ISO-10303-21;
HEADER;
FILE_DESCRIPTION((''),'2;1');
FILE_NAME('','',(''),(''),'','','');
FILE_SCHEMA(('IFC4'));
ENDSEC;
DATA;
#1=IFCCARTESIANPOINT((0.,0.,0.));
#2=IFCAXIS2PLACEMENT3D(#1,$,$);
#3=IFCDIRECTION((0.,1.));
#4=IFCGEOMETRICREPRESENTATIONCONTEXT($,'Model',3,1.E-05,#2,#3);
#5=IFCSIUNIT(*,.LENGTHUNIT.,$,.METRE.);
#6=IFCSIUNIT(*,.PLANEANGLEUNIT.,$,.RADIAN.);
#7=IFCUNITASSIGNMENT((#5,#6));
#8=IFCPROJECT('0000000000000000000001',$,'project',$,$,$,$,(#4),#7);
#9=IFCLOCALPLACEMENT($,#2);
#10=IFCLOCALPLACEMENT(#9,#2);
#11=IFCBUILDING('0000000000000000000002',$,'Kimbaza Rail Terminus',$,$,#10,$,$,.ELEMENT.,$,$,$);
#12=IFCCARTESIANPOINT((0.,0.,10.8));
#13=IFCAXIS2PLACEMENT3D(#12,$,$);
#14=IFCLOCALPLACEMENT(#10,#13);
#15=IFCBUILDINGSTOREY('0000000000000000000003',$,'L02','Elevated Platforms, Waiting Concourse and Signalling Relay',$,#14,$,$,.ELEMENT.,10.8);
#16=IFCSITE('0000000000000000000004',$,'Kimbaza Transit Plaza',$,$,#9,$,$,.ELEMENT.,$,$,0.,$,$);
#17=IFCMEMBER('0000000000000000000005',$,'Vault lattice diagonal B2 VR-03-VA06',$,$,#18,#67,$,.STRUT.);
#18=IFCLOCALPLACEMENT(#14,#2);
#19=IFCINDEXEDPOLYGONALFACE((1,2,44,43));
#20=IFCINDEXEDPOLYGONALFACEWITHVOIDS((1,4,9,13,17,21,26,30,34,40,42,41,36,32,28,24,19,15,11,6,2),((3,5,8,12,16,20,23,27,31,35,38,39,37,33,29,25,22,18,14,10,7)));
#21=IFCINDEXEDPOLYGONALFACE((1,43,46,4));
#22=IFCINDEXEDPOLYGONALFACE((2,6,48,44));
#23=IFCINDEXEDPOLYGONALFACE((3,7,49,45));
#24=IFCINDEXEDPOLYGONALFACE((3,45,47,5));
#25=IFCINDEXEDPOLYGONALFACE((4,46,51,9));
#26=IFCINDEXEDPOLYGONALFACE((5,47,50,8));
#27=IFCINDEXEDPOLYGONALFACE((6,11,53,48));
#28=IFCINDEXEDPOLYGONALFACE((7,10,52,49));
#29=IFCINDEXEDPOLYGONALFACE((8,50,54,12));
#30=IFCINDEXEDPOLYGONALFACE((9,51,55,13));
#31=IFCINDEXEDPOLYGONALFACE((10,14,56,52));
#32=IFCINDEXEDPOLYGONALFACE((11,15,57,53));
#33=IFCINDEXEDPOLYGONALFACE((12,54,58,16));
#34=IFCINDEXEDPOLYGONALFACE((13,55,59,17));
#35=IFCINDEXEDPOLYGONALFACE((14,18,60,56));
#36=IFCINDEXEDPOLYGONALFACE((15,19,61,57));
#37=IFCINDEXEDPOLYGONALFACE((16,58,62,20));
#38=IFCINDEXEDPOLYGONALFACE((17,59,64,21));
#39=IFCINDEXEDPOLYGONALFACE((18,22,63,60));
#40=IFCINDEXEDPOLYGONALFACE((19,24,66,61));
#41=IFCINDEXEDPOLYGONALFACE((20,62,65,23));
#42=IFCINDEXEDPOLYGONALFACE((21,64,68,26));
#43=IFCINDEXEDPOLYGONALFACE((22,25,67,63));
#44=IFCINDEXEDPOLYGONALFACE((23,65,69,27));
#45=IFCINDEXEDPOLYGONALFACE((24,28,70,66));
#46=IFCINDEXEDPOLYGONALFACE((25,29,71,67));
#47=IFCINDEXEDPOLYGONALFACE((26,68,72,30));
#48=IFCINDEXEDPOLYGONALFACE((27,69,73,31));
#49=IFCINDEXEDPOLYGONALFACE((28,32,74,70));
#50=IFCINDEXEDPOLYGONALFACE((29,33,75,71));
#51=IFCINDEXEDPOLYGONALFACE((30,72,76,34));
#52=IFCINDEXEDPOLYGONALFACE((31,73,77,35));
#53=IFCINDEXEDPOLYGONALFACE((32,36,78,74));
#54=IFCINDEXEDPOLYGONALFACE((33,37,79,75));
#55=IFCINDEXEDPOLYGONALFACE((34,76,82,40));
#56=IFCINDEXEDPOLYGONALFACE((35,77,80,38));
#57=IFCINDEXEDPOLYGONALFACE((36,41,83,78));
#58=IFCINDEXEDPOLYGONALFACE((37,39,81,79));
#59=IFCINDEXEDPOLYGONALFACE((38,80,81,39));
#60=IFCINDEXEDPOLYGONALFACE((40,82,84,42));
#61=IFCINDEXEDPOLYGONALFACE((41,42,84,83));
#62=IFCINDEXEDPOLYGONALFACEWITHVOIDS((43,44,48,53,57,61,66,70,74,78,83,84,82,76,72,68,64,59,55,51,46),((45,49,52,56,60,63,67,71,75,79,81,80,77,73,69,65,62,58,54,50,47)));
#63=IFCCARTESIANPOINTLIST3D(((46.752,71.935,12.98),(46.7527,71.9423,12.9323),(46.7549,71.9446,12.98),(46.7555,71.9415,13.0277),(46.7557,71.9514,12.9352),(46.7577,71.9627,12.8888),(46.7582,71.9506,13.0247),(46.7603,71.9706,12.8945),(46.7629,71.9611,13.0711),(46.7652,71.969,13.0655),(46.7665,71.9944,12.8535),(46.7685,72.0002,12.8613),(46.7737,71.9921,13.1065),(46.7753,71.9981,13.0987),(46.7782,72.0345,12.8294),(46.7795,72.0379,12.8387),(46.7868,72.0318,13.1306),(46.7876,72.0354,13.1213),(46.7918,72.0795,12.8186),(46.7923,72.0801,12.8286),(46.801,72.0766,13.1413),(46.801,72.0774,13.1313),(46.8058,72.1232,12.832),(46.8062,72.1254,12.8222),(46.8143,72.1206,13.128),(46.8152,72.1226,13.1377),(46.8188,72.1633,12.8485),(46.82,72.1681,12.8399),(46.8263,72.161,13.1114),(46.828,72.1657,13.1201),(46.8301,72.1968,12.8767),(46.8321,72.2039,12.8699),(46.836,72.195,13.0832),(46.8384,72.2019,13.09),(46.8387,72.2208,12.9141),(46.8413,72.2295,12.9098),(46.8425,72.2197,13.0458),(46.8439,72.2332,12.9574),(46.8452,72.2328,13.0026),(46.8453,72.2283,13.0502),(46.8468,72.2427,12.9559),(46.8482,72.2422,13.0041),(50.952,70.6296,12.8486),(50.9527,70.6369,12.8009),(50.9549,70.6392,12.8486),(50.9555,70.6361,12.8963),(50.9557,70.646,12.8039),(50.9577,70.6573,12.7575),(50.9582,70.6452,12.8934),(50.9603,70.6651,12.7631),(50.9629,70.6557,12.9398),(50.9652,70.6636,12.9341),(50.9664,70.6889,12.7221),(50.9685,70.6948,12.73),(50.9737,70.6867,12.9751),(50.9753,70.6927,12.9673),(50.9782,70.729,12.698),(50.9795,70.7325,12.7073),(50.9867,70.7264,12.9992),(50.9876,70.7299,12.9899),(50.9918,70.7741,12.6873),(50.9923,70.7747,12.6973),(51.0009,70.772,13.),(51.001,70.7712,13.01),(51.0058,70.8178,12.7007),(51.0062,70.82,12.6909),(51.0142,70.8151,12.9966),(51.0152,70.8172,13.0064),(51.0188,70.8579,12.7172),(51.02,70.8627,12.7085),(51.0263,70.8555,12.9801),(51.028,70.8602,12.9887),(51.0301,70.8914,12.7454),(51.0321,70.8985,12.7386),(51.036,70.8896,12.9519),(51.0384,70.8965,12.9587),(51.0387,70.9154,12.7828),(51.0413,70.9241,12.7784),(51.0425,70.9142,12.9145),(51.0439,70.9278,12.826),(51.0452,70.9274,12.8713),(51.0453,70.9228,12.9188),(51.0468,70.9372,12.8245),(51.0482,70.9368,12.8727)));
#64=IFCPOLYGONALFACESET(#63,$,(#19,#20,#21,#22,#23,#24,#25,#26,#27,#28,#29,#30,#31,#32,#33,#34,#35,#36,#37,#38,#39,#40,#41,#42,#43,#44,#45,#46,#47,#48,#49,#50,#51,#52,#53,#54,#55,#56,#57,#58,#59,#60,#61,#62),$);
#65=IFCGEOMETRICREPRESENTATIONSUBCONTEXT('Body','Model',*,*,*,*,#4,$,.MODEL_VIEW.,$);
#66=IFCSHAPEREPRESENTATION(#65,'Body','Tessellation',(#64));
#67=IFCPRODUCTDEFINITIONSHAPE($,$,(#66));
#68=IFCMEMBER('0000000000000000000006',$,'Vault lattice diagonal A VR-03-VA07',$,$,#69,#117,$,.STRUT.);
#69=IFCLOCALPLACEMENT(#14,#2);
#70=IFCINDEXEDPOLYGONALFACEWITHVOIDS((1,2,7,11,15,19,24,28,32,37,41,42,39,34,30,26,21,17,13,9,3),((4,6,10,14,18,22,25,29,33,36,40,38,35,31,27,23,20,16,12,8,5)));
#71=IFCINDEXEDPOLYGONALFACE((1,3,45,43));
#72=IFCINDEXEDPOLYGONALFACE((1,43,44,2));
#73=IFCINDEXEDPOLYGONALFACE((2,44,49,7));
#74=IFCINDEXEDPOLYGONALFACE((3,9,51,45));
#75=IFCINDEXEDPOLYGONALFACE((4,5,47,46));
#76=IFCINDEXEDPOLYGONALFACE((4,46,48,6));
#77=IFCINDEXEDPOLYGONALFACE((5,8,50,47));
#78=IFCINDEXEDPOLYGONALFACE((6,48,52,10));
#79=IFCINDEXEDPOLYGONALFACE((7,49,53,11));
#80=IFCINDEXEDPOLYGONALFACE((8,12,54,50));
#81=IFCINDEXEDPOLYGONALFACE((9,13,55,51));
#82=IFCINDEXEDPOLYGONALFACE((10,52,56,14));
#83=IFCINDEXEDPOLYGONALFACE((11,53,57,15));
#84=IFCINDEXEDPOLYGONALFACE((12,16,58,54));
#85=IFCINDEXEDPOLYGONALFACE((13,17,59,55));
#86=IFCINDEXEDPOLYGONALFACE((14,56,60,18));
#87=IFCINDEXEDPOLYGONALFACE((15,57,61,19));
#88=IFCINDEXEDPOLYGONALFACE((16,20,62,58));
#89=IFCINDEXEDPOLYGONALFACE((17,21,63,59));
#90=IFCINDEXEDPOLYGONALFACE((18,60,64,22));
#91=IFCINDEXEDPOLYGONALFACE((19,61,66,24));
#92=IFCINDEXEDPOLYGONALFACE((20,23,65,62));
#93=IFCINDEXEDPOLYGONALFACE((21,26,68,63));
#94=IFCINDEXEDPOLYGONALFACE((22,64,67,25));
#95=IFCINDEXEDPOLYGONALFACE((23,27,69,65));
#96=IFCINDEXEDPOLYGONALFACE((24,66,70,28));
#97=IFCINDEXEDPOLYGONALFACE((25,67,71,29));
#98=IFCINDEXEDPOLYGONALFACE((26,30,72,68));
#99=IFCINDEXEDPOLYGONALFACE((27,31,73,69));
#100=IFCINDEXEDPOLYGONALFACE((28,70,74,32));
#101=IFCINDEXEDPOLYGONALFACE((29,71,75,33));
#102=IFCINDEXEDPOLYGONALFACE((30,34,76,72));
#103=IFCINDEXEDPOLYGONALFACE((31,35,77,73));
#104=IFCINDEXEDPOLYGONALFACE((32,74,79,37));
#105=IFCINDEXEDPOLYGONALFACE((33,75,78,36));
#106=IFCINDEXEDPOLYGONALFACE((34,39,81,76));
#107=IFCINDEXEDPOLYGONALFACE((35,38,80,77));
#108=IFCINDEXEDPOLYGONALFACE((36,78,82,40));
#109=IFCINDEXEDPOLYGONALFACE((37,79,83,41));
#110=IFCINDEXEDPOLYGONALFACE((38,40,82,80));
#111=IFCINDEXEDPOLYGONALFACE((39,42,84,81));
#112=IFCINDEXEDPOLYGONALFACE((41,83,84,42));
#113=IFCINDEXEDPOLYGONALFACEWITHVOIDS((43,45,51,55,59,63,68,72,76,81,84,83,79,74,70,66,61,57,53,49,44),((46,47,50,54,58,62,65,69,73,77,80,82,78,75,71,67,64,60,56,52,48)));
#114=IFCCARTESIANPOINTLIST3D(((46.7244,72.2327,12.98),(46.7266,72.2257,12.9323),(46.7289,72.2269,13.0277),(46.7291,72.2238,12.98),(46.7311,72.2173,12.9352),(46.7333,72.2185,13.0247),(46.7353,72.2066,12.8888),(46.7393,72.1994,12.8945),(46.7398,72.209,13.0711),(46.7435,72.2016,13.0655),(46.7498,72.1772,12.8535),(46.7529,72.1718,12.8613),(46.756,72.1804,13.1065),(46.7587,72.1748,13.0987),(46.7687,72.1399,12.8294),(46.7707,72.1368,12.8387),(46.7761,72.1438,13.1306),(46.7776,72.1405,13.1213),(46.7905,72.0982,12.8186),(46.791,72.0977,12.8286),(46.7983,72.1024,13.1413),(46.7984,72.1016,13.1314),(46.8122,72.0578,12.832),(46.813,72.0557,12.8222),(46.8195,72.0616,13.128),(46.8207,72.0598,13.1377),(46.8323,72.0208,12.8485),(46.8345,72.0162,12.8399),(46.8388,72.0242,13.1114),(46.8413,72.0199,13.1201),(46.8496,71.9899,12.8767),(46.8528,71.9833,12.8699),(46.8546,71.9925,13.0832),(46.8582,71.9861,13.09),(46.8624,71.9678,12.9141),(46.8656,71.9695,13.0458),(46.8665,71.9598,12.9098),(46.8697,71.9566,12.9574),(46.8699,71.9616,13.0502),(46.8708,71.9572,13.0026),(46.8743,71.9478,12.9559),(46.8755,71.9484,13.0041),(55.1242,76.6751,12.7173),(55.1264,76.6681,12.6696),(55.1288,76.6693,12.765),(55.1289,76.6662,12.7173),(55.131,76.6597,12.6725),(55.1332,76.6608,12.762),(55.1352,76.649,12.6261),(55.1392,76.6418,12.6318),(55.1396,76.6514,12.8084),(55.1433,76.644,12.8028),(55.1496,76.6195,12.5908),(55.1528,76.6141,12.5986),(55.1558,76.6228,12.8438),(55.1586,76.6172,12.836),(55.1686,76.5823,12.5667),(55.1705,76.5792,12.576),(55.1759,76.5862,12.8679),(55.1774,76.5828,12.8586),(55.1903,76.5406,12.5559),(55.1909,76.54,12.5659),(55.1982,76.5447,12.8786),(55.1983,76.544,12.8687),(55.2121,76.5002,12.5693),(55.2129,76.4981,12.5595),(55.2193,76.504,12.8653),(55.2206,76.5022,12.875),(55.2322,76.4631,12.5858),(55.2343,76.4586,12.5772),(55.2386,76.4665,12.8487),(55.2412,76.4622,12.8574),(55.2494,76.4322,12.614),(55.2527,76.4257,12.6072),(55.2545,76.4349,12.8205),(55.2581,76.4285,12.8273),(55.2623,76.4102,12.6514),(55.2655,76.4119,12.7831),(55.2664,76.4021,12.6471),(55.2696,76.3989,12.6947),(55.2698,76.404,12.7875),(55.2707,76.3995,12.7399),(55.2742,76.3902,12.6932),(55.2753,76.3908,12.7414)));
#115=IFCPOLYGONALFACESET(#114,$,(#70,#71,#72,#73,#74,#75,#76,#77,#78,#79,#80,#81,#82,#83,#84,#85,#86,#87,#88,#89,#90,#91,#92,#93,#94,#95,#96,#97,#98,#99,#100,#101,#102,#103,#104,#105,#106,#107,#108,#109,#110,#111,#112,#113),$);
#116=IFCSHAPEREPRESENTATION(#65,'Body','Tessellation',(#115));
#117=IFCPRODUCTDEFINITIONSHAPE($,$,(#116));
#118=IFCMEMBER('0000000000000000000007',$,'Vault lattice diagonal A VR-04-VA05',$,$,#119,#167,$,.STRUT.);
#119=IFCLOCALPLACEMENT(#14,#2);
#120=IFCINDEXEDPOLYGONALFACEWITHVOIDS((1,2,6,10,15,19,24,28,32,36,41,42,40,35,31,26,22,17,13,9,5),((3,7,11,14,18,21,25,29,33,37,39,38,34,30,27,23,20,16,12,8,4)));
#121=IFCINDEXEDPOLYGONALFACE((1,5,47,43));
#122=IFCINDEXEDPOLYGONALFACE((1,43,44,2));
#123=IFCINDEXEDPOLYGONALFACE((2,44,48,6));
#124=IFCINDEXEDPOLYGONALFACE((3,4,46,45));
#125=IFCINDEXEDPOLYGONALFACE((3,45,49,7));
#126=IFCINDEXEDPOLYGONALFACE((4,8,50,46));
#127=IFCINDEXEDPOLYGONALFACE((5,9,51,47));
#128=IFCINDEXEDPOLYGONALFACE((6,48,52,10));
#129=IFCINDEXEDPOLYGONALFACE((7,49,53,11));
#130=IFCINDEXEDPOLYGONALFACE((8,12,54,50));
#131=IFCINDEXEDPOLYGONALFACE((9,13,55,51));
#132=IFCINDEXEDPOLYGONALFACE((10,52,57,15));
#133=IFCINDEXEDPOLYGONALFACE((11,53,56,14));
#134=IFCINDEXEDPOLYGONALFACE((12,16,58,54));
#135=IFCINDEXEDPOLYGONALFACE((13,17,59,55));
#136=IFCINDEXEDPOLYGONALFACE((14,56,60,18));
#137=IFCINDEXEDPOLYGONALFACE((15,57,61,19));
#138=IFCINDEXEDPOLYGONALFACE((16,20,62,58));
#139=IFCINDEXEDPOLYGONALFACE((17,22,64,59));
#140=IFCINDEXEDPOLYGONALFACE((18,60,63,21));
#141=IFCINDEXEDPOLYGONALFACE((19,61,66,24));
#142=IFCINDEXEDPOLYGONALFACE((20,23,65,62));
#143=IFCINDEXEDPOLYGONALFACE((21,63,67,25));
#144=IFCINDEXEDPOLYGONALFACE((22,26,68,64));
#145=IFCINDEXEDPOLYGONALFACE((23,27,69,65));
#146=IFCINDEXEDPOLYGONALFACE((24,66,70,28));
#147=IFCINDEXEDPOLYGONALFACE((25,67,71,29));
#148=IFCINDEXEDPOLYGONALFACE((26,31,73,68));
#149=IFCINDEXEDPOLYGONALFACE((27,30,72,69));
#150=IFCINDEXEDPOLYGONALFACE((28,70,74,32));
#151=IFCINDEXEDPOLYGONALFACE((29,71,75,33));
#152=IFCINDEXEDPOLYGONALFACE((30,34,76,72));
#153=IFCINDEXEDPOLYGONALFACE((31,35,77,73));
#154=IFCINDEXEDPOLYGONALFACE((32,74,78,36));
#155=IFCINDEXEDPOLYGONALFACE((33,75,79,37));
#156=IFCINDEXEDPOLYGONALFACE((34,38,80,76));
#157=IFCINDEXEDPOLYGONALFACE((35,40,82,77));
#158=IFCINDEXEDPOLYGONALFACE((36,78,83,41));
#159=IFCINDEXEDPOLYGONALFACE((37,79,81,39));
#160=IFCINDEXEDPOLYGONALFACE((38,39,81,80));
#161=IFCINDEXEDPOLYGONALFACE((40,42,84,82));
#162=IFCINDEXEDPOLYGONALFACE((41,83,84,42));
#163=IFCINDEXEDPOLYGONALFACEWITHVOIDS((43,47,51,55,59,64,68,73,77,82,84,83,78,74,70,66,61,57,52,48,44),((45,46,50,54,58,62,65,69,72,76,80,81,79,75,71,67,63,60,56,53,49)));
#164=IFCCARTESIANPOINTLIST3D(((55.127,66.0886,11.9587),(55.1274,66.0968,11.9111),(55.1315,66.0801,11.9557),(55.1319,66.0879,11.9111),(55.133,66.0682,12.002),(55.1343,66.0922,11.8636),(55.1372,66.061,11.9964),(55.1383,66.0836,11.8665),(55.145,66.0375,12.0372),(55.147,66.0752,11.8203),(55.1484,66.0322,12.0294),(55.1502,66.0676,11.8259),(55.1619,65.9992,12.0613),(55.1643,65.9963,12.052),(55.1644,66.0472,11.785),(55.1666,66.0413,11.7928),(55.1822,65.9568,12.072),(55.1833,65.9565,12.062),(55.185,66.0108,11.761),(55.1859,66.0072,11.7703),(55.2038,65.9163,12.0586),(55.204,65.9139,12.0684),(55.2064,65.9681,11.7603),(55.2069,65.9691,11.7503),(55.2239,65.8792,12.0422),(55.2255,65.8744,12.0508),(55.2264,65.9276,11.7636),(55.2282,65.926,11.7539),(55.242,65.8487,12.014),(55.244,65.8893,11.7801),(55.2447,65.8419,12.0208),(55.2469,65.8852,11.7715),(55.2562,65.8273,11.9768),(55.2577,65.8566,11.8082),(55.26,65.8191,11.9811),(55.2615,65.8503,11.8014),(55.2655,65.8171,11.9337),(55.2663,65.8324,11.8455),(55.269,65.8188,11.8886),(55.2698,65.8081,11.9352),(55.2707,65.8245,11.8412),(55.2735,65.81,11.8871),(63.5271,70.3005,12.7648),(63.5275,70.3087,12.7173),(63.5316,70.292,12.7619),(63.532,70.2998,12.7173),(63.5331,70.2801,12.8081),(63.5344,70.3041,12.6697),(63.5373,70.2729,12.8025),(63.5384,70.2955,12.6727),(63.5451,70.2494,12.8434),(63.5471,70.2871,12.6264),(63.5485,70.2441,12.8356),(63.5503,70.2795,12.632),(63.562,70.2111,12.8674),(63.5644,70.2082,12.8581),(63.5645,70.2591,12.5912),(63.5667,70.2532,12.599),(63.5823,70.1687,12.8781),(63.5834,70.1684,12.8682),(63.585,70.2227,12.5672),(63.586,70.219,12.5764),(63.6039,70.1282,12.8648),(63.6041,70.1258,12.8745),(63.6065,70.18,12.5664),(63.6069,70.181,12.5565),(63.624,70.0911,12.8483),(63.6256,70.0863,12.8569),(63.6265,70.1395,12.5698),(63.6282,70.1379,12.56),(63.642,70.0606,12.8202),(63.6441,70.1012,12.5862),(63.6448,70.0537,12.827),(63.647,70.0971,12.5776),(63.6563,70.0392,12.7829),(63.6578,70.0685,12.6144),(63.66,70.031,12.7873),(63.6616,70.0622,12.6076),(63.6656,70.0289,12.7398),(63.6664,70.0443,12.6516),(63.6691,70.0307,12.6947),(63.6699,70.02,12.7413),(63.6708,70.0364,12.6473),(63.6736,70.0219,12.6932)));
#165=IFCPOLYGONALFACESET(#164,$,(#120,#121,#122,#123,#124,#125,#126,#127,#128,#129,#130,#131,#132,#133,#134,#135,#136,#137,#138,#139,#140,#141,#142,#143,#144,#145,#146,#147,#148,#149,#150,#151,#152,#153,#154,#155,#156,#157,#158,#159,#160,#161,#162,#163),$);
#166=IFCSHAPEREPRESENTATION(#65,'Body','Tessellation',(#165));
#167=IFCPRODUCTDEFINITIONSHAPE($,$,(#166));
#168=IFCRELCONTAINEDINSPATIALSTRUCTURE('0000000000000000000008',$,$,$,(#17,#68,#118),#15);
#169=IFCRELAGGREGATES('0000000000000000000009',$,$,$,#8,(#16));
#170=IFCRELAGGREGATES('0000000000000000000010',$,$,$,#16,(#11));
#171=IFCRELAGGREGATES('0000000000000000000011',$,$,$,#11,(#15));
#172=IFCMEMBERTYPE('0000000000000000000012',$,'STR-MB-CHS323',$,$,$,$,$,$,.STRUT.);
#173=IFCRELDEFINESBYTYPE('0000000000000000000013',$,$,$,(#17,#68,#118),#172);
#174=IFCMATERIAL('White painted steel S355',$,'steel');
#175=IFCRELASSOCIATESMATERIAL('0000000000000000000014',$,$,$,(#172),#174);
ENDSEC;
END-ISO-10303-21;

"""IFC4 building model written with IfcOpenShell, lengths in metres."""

from ifc_helpers import new_model, si_unit, direction, frame, origin, origin_2d, place, context, subcontext, project, spatial, hollow_circle, extrude, material, material_profile, profile_set, type_object, element, save


model = new_model("IFC4")

# Units and contexts
model_context = context("Model", 3, precision=1e-05, world=origin(), true_north=direction((0.0, 1.0)))
body_context = subcontext(model_context, "Body", "Model", "MODEL_VIEW")
ifc_project = project(units=[si_unit("LENGTHUNIT", "METRE"), si_unit("PLANEANGLEUNIT", "RADIAN")], contexts=[model_context])

# Site, building, storey
site_placement = place(None, origin())
site = spatial("IfcSite", under=ifc_project, at=site_placement, Name="Kimbaza Transit Plaza", CompositionType="ELEMENT", RefElevation=0.0)
building_placement = place(site_placement, origin())
building = spatial("IfcBuilding", under=site, at=building_placement, Name="Kimbaza Rail Terminus", CompositionType="ELEMENT")
storey_placement = place(building_placement, frame((0.0, 0.0, 10.8)))
storey = spatial("IfcBuildingStorey", under=building, at=storey_placement, Name="L02", Description="Elevated Platforms, Waiting Concourse and Signalling Relay", CompositionType="ELEMENT", Elevation=10.8)

# Members
ifc_material_1 = material(Name="White painted steel S355", Category="steel")
ifc_material_profile_1 = material_profile(ifc_material_1, hollow_circle(Radius=0.1619, WallThickness=0.01, at=origin_2d()), Name="CHS 323.9x10")
ifc_profile_set_1 = profile_set([ifc_material_profile_1], Name="White painted steel S355")
member_type_1 = type_object("IfcMemberType", Name="STR-MB-CHS323", PredefinedType="STRUT", material=ifc_profile_set_1)
for number, where, z_axis, x_axis, name in (
    (1, (51.0, 70.7842, 12.8486), (-0.954511, 0.296679, 0.029851), (-0.296811, -0.954936, 0.0), "Vault lattice diagonal B2 VR-03-VA06"),
):
    element("IfcMember", number, at=place(storey_placement, frame(where, z_axis=z_axis, x_axis=x_axis)), inside=storey, type_object=member_type_1, Name=name, PredefinedType="STRUT", context=body_context, shape_type="SweptSolid", body=[
        extrude(hollow_circle(Radius=0.1619, WallThickness=0.01, at=origin_2d()), origin(), (0.0, 0.0, 1.0), 4.4001),
    ])
member_1_placement = place(storey_placement, frame((46.8, 72.0896, 12.98), z_axis=(0.883651, 0.467329, -0.027635), x_axis=(-0.467508, 0.883989, 0.0)))
element("IfcMember", 2, at=member_1_placement, inside=storey, type_object=member_type_1, Name="Vault lattice diagonal A VR-03-VA07", PredefinedType="STRUT", context=body_context, shape_type="SweptSolid", body=[
    extrude(hollow_circle(Radius=0.1619, WallThickness=0.01, at=origin_2d()), origin(), (0.0, 0.0, 1.0), 9.5059),
])
member_2_placement = place(storey_placement, frame((55.2, 65.9521, 11.9111), z_axis=(0.890651, 0.446581, 0.085475), x_axis=(-0.448221, 0.893923, 0.0)))
element("IfcMember", 3, at=member_2_placement, inside=storey, type_object=member_type_1, Name="Vault lattice diagonal A VR-04-VA05", PredefinedType="STRUT", context=body_context, shape_type="SweptSolid", body=[
    extrude(hollow_circle(Radius=0.1619, WallThickness=0.01, at=origin_2d()), origin(), (0.0, 0.0, 1.0), 9.4314),
])

save(model, "model.ifc")
